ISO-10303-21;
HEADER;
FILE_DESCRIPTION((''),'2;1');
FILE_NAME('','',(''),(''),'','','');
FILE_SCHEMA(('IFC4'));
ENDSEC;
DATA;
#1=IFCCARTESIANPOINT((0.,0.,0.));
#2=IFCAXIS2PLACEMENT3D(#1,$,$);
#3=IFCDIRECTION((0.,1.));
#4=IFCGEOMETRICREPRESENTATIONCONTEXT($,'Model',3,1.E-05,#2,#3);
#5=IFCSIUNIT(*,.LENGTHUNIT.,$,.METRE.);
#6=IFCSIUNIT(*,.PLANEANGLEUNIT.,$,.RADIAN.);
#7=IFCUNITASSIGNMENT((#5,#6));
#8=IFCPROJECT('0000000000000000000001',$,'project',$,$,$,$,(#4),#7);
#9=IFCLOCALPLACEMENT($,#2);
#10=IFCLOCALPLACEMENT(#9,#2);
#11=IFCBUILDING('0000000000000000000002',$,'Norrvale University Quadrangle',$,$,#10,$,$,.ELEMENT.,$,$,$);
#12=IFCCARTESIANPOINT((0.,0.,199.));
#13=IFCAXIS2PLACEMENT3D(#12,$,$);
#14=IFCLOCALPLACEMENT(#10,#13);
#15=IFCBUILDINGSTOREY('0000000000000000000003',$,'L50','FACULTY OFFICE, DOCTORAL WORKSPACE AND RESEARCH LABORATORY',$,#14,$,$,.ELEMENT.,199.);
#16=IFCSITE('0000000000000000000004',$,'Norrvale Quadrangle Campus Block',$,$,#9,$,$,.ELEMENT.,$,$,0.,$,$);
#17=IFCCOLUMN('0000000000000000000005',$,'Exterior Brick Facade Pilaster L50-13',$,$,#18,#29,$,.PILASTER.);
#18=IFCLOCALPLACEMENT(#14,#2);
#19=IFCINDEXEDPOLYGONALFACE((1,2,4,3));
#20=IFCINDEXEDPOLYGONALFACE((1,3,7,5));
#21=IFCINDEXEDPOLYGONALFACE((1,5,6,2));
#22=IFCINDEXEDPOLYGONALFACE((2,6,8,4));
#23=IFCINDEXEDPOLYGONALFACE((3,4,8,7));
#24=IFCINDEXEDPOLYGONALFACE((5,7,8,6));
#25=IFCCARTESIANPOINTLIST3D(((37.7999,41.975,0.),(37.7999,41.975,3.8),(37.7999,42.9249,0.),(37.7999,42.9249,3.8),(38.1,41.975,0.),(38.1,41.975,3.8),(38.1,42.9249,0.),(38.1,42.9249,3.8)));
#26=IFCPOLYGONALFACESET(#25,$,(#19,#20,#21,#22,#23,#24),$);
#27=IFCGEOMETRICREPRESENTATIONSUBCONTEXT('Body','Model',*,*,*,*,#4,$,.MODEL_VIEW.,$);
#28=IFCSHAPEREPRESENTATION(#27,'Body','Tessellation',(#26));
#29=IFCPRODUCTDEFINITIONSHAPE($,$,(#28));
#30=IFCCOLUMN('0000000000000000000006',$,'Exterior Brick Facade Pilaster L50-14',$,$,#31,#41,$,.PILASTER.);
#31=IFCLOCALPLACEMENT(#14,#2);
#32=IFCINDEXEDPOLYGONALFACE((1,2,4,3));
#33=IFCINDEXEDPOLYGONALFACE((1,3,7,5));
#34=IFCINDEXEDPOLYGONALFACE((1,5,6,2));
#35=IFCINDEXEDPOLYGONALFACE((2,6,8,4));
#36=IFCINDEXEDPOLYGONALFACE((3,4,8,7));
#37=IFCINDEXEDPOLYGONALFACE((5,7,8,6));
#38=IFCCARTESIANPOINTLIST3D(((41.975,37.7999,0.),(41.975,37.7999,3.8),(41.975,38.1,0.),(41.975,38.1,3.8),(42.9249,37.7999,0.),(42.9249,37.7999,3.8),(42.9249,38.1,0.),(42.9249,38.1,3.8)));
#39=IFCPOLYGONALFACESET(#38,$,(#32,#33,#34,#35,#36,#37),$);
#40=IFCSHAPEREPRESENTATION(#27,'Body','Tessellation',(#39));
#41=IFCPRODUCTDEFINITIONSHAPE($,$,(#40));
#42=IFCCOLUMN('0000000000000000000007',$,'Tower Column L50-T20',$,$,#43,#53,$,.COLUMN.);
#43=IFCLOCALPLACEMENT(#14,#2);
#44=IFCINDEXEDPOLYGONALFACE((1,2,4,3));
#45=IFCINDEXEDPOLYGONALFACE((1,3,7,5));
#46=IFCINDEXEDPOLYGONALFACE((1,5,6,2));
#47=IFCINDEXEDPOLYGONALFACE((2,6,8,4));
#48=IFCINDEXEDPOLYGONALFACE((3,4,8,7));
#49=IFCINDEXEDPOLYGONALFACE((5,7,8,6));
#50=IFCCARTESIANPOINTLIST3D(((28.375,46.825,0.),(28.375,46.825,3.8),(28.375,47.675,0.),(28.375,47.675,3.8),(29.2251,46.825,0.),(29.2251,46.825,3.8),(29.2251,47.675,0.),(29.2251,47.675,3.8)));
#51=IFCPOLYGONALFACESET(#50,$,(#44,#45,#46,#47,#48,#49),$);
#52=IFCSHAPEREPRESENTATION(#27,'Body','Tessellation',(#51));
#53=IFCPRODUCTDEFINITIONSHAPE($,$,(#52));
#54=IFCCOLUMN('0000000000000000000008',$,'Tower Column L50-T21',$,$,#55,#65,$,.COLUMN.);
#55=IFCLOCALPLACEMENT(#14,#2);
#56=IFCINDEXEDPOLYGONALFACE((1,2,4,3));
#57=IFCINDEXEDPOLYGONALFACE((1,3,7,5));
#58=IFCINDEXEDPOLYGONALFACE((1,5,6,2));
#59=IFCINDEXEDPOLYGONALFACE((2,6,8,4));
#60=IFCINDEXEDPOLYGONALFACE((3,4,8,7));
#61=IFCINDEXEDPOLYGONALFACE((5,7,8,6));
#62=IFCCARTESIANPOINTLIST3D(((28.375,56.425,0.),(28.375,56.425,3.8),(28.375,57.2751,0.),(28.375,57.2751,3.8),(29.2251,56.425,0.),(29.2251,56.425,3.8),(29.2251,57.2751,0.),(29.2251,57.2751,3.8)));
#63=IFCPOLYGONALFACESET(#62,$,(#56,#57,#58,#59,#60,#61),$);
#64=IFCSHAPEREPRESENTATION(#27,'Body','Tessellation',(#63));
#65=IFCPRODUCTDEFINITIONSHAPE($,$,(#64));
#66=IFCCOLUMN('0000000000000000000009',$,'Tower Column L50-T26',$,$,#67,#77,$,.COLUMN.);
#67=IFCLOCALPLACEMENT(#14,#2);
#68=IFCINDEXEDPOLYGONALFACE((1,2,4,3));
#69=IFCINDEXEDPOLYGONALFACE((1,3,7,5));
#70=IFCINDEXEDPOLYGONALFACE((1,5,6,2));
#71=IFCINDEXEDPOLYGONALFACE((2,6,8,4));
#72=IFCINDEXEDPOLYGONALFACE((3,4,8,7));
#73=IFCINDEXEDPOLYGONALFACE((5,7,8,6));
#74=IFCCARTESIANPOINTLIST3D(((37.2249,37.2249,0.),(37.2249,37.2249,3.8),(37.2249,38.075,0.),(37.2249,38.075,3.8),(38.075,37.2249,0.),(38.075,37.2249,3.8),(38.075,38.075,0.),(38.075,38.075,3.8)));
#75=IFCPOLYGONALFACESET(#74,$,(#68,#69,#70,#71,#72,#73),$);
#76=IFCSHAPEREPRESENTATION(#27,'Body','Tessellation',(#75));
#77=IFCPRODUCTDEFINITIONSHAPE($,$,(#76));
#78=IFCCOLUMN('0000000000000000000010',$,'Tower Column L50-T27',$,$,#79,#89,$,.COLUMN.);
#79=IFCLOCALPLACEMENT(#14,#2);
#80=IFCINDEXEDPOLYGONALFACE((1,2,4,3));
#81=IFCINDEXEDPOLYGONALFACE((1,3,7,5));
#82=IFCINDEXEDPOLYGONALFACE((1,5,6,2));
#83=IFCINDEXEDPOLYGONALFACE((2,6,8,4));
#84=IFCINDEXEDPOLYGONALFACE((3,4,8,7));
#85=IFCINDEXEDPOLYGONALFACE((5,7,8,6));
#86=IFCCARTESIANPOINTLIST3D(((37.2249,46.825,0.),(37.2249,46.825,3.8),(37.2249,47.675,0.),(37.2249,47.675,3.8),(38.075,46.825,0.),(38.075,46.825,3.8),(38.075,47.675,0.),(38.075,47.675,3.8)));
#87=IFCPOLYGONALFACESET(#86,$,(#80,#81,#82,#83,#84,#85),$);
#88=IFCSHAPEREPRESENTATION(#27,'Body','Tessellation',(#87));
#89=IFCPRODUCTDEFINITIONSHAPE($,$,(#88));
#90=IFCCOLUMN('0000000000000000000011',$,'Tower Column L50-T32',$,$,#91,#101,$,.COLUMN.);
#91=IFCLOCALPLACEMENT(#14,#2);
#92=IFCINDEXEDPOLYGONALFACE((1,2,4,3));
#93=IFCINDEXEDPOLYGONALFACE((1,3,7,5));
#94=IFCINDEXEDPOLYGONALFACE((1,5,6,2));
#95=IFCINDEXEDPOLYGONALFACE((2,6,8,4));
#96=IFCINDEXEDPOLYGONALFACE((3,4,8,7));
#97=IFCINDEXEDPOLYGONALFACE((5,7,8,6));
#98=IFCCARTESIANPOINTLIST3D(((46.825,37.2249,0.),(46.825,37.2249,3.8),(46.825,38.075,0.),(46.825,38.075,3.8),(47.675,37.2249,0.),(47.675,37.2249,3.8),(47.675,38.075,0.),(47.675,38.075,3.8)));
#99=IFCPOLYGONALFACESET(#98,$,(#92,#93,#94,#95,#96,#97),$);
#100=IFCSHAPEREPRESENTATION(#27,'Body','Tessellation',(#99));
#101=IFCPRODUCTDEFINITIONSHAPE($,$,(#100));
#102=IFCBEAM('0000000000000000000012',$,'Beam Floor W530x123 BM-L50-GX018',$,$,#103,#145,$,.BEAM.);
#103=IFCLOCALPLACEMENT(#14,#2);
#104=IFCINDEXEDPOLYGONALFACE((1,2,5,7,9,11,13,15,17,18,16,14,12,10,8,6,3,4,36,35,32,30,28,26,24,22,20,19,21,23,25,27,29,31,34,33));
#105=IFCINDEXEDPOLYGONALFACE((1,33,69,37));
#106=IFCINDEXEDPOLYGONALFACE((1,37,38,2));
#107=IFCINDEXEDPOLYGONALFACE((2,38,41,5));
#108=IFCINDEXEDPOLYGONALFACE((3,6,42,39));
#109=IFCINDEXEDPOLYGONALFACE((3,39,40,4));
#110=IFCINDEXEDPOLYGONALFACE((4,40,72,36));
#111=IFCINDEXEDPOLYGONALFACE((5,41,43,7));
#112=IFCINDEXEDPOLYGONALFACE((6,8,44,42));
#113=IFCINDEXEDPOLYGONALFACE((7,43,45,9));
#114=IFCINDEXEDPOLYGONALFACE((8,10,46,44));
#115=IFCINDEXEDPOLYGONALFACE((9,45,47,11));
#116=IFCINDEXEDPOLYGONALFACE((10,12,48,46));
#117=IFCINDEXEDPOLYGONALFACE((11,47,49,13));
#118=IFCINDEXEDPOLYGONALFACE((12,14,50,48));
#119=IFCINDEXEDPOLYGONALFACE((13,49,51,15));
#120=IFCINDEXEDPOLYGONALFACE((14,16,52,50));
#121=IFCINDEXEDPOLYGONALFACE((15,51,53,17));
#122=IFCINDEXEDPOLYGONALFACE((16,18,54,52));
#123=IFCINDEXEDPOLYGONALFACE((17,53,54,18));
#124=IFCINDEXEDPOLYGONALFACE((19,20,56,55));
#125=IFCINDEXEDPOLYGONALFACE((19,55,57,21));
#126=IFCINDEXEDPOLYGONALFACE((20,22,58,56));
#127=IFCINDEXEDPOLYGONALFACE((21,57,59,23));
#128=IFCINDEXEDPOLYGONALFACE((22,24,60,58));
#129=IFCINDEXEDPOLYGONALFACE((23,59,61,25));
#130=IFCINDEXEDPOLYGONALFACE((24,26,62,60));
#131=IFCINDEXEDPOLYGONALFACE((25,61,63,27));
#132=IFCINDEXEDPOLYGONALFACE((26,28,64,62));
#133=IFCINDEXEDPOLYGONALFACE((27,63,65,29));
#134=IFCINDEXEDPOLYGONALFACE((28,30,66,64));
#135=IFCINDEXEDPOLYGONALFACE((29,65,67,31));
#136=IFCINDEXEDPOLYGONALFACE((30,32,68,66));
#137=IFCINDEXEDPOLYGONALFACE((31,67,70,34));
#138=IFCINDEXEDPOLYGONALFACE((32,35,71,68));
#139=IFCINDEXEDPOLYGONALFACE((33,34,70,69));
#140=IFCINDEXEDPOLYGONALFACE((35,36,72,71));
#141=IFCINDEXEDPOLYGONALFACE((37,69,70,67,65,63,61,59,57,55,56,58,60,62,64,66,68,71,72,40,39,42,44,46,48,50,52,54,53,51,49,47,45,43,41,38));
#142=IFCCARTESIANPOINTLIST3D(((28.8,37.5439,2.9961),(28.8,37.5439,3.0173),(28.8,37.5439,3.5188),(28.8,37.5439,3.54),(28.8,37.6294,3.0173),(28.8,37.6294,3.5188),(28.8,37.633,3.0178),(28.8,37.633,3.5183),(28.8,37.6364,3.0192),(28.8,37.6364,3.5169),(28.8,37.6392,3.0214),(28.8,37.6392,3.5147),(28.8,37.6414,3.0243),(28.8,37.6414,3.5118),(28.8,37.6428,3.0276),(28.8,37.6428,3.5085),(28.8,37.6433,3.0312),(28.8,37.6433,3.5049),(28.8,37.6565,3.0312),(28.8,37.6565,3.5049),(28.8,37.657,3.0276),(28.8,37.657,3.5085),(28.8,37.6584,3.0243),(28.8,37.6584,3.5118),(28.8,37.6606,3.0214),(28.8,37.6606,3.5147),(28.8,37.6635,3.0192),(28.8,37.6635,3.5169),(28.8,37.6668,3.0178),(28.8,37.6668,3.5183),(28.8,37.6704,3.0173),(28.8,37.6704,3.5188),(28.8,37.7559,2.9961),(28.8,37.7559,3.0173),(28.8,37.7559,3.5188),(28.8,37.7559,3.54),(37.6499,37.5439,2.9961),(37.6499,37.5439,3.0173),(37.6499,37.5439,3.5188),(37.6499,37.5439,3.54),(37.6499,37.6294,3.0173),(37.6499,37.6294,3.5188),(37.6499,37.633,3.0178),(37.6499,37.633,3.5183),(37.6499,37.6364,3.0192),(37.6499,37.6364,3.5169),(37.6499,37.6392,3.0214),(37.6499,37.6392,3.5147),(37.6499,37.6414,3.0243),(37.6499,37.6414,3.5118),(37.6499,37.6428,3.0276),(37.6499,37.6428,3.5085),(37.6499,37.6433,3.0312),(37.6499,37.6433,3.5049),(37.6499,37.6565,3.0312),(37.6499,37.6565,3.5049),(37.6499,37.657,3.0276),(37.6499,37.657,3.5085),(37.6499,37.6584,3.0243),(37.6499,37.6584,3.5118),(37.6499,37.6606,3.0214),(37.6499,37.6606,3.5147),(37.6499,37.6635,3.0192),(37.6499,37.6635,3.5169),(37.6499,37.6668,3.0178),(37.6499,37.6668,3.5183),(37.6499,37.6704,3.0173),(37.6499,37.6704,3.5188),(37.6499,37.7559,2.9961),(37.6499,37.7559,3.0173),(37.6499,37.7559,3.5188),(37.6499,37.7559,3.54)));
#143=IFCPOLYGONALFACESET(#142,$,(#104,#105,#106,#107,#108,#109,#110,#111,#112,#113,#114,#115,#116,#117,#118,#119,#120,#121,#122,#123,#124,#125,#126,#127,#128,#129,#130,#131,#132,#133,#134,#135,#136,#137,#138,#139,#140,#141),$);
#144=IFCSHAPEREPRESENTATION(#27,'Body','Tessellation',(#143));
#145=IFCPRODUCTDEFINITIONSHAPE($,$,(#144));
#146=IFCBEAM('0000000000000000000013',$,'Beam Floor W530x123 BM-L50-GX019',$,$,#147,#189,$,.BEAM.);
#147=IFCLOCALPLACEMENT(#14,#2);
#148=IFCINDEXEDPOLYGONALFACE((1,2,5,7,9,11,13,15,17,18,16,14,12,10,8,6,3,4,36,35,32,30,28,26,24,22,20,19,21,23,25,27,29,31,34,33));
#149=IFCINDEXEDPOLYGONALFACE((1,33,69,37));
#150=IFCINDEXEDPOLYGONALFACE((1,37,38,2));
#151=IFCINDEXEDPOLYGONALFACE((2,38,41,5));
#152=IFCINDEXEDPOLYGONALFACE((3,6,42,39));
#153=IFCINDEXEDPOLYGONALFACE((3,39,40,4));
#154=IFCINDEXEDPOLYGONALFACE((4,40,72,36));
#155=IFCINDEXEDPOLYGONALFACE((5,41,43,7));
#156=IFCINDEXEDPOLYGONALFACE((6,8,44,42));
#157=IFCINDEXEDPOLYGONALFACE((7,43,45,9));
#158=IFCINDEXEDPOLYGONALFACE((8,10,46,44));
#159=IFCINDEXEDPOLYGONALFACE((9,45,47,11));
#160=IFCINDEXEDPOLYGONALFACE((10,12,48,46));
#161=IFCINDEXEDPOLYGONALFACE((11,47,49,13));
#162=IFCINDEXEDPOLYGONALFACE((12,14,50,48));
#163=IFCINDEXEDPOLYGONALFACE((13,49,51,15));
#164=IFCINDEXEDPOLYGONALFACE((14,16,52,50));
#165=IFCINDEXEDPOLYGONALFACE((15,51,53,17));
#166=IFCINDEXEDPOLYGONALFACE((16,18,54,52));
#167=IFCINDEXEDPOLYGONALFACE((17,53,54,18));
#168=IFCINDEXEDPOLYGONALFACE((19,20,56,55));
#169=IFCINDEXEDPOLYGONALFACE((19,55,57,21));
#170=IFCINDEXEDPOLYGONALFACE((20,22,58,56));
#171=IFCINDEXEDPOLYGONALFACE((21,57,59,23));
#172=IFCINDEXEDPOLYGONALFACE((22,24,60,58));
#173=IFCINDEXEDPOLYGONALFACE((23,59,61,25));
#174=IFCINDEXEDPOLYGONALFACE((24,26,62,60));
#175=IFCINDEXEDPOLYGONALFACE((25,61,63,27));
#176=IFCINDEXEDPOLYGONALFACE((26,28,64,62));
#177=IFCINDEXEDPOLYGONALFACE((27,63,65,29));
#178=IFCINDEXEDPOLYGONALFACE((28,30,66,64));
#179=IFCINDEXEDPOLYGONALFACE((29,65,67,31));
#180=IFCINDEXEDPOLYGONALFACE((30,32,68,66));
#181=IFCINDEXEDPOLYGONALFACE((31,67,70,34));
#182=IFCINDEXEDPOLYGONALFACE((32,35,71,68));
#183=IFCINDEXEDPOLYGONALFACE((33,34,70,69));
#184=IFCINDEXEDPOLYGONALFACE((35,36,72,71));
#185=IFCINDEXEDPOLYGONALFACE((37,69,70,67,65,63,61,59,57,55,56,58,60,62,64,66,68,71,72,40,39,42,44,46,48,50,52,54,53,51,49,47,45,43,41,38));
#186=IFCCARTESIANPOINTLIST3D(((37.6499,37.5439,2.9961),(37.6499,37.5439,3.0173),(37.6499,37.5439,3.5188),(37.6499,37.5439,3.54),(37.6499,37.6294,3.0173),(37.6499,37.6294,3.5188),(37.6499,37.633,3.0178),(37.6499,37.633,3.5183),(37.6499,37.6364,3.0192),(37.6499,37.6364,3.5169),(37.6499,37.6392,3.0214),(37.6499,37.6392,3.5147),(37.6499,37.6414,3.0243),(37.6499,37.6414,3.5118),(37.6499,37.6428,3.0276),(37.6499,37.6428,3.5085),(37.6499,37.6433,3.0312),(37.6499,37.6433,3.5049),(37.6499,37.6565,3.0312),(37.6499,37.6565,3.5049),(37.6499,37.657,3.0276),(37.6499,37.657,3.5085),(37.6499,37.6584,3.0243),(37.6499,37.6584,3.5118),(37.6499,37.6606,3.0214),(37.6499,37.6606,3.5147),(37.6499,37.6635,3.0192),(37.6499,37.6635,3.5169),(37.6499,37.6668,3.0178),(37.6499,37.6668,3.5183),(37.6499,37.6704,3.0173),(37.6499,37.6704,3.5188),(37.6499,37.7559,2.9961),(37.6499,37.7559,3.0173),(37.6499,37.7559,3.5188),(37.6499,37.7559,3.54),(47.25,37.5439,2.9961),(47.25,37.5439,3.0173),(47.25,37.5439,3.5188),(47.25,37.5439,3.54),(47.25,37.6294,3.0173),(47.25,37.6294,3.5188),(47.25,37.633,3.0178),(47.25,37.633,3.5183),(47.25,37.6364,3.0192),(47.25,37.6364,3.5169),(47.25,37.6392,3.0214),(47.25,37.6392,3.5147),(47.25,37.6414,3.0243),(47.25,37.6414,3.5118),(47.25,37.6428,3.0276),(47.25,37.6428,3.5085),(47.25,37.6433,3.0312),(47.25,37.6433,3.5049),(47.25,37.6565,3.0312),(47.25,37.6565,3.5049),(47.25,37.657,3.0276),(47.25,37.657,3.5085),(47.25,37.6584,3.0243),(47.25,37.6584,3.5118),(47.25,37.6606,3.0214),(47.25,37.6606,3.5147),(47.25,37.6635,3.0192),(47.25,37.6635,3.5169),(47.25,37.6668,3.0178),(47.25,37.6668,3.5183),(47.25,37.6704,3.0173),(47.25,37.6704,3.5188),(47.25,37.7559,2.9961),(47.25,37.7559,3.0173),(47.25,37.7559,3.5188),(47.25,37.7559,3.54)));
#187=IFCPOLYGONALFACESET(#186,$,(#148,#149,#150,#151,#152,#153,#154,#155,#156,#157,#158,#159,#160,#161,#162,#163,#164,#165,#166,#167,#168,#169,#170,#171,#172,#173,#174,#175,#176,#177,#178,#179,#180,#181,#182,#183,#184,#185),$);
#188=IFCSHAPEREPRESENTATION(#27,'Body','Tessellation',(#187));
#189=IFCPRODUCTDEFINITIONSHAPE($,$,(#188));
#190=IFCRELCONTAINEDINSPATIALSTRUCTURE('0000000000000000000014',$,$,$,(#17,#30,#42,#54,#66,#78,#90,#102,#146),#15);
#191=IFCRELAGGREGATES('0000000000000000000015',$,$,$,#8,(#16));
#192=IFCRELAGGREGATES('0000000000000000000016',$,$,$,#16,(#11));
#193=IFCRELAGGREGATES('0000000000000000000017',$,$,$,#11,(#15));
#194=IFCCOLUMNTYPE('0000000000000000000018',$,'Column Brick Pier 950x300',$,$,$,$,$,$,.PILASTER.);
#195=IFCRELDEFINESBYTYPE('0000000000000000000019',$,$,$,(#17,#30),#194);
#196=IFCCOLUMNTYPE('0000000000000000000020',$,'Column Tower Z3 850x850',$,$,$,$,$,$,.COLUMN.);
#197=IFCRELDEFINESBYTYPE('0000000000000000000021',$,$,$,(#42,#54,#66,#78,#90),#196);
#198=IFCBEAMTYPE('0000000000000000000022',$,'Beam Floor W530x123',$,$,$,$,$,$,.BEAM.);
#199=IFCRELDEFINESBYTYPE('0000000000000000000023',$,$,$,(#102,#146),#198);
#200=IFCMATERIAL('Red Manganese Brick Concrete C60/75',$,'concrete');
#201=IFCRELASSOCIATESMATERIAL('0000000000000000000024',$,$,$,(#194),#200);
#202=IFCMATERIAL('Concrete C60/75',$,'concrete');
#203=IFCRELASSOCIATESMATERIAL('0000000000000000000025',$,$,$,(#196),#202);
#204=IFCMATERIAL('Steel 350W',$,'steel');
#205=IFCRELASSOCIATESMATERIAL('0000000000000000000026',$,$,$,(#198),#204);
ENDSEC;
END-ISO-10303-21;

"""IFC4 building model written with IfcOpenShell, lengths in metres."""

from ifc_helpers import new_model, si_unit, direction, frame, origin, origin_2d, place, context, subcontext, project, spatial, rectangle, i_section, extrude, material, material_profile, profile_set, type_object, element, save


model = new_model("IFC4")

# Units and contexts
model_context = context("Model", 3, precision=1e-05, world=origin(), true_north=direction((0.0, 1.0)))
body_context = subcontext(model_context, "Body", "Model", "MODEL_VIEW")
ifc_project = project(units=[si_unit("LENGTHUNIT", "METRE"), si_unit("PLANEANGLEUNIT", "RADIAN")], contexts=[model_context])

# Site, building, storey
site_placement = place(None, origin())
site = spatial("IfcSite", under=ifc_project, at=site_placement, Name="Norrvale Quadrangle Campus Block", CompositionType="ELEMENT", RefElevation=0.0)
building_placement = place(site_placement, origin())
building = spatial("IfcBuilding", under=site, at=building_placement, Name="Norrvale University Quadrangle", CompositionType="ELEMENT")
storey_placement = place(building_placement, frame((0.0, 0.0, 199.0)))
storey = spatial("IfcBuildingStorey", under=building, at=storey_placement, Name="L50", Description="FACULTY OFFICE, DOCTORAL WORKSPACE AND RESEARCH LABORATORY", CompositionType="ELEMENT", Elevation=199.0)

# Columns
ifc_material_1 = material(Name="Red Manganese Brick Concrete C60/75", Category="concrete")
ifc_material_profile_1 = material_profile(ifc_material_1, rectangle(XDim=0.95, YDim=0.3, at=origin_2d()), Name="Red Manganese Brick Concrete C60/75")
ifc_profile_set_1 = profile_set([ifc_material_profile_1], Name="Red Manganese Brick Concrete C60/75")
column_type_1 = type_object("IfcColumnType", Name="Column Brick Pier 950x300", PredefinedType="PILASTER", material=ifc_profile_set_1)
for number, where, z_axis, x_axis, name in (
    (1, (37.95, 42.45, 0.0), (0.0, 0.0, 1.0), (0.0, 1.0, 0.0), "Exterior Brick Facade Pilaster L50-13"),
    (2, (42.45, 37.95, 0.0), (0.0, 0.0, 1.0), (1.0, 0.0, 0.0), "Exterior Brick Facade Pilaster L50-14"),
):
    element("IfcColumn", number, at=place(storey_placement, frame(where, z_axis=z_axis, x_axis=x_axis)), inside=storey, type_object=column_type_1, Name=name, PredefinedType="PILASTER", context=body_context, shape_type="SweptSolid", body=[
        extrude(rectangle(XDim=0.95, YDim=0.3, at=origin_2d()), origin(), (0.0, 0.0, 1.0), 3.8),
    ])
ifc_material_2 = material(Name="Concrete C60/75", Category="concrete")
ifc_material_profile_2 = material_profile(ifc_material_2, rectangle(XDim=0.8501, YDim=0.8501, at=origin_2d()), Name="Concrete C60/75")
ifc_profile_set_2 = profile_set([ifc_material_profile_2], Name="Concrete C60/75")
column_type_2 = type_object("IfcColumnType", Name="Column Tower Z3 850x850", PredefinedType="COLUMN", material=ifc_profile_set_2)
for number, where, z_axis, x_axis, name in (
    (3, (28.8, 47.25, 0.0), (0.0, 0.0, 1.0), (1.0, 0.0, 0.0), "Tower Column L50-T20"),
    (4, (28.8, 56.8501, 0.0), (0.0, 0.0, 1.0), (1.0, 0.0, 0.0), "Tower Column L50-T21"),
    (5, (37.6499, 37.6499, 0.0), (0.0, 0.0, 1.0), (1.0, 0.0, 0.0), "Tower Column L50-T26"),
    (6, (37.6499, 47.25, 0.0), (0.0, 0.0, 1.0), (1.0, 0.0, 0.0), "Tower Column L50-T27"),
    (7, (47.25, 37.6499, 0.0), (0.0, 0.0, 1.0), (1.0, 0.0, 0.0), "Tower Column L50-T32"),
):
    element("IfcColumn", number, at=place(storey_placement, frame(where, z_axis=z_axis, x_axis=x_axis)), inside=storey, type_object=column_type_2, Name=name, PredefinedType="COLUMN", context=body_context, shape_type="SweptSolid", body=[
        extrude(rectangle(XDim=0.8501, YDim=0.8501, at=origin_2d()), origin(), (0.0, 0.0, 1.0), 3.8),
    ])

# Beams
ifc_material_3 = material(Name="Steel 350W", Category="steel")
ifc_material_profile_3 = material_profile(ifc_material_3, i_section(OverallWidth=0.2119, OverallDepth=0.5439, WebThickness=0.0132, FlangeThickness=0.0212, FilletRadius=0.0139, at=origin_2d()), Name="Steel 350W")
ifc_profile_set_3 = profile_set([ifc_material_profile_3], Name="Steel 350W")
beam_type_1 = type_object("IfcBeamType", Name="Beam Floor W530x123", PredefinedType="BEAM", material=ifc_profile_set_3)
beam_1_placement = place(storey_placement, frame((28.8, 37.6499, 3.2681), z_axis=(1.0, 0.0, 0.0), x_axis=(0.0, 1.0, 0.0)))
element("IfcBeam", 8, at=beam_1_placement, inside=storey, type_object=beam_type_1, Name="Beam Floor W530x123 BM-L50-GX018", PredefinedType="BEAM", context=body_context, shape_type="SweptSolid", body=[
    extrude(i_section(OverallWidth=0.2119, OverallDepth=0.5439, WebThickness=0.0132, FlangeThickness=0.0212, FilletRadius=0.0139, at=origin_2d()), origin(), (0.0, 0.0, 1.0), 8.8499),
])
beam_2_placement = place(storey_placement, frame((37.6499, 37.6499, 3.2681), z_axis=(1.0, 0.0, 0.0), x_axis=(0.0, 1.0, 0.0)))
element("IfcBeam", 9, at=beam_2_placement, inside=storey, type_object=beam_type_1, Name="Beam Floor W530x123 BM-L50-GX019", PredefinedType="BEAM", context=body_context, shape_type="SweptSolid", body=[
    extrude(i_section(OverallWidth=0.2119, OverallDepth=0.5439, WebThickness=0.0132, FlangeThickness=0.0212, FilletRadius=0.0139, at=origin_2d()), origin(), (0.0, 0.0, 1.0), 9.6001),
])

save(model, "model.ifc")
